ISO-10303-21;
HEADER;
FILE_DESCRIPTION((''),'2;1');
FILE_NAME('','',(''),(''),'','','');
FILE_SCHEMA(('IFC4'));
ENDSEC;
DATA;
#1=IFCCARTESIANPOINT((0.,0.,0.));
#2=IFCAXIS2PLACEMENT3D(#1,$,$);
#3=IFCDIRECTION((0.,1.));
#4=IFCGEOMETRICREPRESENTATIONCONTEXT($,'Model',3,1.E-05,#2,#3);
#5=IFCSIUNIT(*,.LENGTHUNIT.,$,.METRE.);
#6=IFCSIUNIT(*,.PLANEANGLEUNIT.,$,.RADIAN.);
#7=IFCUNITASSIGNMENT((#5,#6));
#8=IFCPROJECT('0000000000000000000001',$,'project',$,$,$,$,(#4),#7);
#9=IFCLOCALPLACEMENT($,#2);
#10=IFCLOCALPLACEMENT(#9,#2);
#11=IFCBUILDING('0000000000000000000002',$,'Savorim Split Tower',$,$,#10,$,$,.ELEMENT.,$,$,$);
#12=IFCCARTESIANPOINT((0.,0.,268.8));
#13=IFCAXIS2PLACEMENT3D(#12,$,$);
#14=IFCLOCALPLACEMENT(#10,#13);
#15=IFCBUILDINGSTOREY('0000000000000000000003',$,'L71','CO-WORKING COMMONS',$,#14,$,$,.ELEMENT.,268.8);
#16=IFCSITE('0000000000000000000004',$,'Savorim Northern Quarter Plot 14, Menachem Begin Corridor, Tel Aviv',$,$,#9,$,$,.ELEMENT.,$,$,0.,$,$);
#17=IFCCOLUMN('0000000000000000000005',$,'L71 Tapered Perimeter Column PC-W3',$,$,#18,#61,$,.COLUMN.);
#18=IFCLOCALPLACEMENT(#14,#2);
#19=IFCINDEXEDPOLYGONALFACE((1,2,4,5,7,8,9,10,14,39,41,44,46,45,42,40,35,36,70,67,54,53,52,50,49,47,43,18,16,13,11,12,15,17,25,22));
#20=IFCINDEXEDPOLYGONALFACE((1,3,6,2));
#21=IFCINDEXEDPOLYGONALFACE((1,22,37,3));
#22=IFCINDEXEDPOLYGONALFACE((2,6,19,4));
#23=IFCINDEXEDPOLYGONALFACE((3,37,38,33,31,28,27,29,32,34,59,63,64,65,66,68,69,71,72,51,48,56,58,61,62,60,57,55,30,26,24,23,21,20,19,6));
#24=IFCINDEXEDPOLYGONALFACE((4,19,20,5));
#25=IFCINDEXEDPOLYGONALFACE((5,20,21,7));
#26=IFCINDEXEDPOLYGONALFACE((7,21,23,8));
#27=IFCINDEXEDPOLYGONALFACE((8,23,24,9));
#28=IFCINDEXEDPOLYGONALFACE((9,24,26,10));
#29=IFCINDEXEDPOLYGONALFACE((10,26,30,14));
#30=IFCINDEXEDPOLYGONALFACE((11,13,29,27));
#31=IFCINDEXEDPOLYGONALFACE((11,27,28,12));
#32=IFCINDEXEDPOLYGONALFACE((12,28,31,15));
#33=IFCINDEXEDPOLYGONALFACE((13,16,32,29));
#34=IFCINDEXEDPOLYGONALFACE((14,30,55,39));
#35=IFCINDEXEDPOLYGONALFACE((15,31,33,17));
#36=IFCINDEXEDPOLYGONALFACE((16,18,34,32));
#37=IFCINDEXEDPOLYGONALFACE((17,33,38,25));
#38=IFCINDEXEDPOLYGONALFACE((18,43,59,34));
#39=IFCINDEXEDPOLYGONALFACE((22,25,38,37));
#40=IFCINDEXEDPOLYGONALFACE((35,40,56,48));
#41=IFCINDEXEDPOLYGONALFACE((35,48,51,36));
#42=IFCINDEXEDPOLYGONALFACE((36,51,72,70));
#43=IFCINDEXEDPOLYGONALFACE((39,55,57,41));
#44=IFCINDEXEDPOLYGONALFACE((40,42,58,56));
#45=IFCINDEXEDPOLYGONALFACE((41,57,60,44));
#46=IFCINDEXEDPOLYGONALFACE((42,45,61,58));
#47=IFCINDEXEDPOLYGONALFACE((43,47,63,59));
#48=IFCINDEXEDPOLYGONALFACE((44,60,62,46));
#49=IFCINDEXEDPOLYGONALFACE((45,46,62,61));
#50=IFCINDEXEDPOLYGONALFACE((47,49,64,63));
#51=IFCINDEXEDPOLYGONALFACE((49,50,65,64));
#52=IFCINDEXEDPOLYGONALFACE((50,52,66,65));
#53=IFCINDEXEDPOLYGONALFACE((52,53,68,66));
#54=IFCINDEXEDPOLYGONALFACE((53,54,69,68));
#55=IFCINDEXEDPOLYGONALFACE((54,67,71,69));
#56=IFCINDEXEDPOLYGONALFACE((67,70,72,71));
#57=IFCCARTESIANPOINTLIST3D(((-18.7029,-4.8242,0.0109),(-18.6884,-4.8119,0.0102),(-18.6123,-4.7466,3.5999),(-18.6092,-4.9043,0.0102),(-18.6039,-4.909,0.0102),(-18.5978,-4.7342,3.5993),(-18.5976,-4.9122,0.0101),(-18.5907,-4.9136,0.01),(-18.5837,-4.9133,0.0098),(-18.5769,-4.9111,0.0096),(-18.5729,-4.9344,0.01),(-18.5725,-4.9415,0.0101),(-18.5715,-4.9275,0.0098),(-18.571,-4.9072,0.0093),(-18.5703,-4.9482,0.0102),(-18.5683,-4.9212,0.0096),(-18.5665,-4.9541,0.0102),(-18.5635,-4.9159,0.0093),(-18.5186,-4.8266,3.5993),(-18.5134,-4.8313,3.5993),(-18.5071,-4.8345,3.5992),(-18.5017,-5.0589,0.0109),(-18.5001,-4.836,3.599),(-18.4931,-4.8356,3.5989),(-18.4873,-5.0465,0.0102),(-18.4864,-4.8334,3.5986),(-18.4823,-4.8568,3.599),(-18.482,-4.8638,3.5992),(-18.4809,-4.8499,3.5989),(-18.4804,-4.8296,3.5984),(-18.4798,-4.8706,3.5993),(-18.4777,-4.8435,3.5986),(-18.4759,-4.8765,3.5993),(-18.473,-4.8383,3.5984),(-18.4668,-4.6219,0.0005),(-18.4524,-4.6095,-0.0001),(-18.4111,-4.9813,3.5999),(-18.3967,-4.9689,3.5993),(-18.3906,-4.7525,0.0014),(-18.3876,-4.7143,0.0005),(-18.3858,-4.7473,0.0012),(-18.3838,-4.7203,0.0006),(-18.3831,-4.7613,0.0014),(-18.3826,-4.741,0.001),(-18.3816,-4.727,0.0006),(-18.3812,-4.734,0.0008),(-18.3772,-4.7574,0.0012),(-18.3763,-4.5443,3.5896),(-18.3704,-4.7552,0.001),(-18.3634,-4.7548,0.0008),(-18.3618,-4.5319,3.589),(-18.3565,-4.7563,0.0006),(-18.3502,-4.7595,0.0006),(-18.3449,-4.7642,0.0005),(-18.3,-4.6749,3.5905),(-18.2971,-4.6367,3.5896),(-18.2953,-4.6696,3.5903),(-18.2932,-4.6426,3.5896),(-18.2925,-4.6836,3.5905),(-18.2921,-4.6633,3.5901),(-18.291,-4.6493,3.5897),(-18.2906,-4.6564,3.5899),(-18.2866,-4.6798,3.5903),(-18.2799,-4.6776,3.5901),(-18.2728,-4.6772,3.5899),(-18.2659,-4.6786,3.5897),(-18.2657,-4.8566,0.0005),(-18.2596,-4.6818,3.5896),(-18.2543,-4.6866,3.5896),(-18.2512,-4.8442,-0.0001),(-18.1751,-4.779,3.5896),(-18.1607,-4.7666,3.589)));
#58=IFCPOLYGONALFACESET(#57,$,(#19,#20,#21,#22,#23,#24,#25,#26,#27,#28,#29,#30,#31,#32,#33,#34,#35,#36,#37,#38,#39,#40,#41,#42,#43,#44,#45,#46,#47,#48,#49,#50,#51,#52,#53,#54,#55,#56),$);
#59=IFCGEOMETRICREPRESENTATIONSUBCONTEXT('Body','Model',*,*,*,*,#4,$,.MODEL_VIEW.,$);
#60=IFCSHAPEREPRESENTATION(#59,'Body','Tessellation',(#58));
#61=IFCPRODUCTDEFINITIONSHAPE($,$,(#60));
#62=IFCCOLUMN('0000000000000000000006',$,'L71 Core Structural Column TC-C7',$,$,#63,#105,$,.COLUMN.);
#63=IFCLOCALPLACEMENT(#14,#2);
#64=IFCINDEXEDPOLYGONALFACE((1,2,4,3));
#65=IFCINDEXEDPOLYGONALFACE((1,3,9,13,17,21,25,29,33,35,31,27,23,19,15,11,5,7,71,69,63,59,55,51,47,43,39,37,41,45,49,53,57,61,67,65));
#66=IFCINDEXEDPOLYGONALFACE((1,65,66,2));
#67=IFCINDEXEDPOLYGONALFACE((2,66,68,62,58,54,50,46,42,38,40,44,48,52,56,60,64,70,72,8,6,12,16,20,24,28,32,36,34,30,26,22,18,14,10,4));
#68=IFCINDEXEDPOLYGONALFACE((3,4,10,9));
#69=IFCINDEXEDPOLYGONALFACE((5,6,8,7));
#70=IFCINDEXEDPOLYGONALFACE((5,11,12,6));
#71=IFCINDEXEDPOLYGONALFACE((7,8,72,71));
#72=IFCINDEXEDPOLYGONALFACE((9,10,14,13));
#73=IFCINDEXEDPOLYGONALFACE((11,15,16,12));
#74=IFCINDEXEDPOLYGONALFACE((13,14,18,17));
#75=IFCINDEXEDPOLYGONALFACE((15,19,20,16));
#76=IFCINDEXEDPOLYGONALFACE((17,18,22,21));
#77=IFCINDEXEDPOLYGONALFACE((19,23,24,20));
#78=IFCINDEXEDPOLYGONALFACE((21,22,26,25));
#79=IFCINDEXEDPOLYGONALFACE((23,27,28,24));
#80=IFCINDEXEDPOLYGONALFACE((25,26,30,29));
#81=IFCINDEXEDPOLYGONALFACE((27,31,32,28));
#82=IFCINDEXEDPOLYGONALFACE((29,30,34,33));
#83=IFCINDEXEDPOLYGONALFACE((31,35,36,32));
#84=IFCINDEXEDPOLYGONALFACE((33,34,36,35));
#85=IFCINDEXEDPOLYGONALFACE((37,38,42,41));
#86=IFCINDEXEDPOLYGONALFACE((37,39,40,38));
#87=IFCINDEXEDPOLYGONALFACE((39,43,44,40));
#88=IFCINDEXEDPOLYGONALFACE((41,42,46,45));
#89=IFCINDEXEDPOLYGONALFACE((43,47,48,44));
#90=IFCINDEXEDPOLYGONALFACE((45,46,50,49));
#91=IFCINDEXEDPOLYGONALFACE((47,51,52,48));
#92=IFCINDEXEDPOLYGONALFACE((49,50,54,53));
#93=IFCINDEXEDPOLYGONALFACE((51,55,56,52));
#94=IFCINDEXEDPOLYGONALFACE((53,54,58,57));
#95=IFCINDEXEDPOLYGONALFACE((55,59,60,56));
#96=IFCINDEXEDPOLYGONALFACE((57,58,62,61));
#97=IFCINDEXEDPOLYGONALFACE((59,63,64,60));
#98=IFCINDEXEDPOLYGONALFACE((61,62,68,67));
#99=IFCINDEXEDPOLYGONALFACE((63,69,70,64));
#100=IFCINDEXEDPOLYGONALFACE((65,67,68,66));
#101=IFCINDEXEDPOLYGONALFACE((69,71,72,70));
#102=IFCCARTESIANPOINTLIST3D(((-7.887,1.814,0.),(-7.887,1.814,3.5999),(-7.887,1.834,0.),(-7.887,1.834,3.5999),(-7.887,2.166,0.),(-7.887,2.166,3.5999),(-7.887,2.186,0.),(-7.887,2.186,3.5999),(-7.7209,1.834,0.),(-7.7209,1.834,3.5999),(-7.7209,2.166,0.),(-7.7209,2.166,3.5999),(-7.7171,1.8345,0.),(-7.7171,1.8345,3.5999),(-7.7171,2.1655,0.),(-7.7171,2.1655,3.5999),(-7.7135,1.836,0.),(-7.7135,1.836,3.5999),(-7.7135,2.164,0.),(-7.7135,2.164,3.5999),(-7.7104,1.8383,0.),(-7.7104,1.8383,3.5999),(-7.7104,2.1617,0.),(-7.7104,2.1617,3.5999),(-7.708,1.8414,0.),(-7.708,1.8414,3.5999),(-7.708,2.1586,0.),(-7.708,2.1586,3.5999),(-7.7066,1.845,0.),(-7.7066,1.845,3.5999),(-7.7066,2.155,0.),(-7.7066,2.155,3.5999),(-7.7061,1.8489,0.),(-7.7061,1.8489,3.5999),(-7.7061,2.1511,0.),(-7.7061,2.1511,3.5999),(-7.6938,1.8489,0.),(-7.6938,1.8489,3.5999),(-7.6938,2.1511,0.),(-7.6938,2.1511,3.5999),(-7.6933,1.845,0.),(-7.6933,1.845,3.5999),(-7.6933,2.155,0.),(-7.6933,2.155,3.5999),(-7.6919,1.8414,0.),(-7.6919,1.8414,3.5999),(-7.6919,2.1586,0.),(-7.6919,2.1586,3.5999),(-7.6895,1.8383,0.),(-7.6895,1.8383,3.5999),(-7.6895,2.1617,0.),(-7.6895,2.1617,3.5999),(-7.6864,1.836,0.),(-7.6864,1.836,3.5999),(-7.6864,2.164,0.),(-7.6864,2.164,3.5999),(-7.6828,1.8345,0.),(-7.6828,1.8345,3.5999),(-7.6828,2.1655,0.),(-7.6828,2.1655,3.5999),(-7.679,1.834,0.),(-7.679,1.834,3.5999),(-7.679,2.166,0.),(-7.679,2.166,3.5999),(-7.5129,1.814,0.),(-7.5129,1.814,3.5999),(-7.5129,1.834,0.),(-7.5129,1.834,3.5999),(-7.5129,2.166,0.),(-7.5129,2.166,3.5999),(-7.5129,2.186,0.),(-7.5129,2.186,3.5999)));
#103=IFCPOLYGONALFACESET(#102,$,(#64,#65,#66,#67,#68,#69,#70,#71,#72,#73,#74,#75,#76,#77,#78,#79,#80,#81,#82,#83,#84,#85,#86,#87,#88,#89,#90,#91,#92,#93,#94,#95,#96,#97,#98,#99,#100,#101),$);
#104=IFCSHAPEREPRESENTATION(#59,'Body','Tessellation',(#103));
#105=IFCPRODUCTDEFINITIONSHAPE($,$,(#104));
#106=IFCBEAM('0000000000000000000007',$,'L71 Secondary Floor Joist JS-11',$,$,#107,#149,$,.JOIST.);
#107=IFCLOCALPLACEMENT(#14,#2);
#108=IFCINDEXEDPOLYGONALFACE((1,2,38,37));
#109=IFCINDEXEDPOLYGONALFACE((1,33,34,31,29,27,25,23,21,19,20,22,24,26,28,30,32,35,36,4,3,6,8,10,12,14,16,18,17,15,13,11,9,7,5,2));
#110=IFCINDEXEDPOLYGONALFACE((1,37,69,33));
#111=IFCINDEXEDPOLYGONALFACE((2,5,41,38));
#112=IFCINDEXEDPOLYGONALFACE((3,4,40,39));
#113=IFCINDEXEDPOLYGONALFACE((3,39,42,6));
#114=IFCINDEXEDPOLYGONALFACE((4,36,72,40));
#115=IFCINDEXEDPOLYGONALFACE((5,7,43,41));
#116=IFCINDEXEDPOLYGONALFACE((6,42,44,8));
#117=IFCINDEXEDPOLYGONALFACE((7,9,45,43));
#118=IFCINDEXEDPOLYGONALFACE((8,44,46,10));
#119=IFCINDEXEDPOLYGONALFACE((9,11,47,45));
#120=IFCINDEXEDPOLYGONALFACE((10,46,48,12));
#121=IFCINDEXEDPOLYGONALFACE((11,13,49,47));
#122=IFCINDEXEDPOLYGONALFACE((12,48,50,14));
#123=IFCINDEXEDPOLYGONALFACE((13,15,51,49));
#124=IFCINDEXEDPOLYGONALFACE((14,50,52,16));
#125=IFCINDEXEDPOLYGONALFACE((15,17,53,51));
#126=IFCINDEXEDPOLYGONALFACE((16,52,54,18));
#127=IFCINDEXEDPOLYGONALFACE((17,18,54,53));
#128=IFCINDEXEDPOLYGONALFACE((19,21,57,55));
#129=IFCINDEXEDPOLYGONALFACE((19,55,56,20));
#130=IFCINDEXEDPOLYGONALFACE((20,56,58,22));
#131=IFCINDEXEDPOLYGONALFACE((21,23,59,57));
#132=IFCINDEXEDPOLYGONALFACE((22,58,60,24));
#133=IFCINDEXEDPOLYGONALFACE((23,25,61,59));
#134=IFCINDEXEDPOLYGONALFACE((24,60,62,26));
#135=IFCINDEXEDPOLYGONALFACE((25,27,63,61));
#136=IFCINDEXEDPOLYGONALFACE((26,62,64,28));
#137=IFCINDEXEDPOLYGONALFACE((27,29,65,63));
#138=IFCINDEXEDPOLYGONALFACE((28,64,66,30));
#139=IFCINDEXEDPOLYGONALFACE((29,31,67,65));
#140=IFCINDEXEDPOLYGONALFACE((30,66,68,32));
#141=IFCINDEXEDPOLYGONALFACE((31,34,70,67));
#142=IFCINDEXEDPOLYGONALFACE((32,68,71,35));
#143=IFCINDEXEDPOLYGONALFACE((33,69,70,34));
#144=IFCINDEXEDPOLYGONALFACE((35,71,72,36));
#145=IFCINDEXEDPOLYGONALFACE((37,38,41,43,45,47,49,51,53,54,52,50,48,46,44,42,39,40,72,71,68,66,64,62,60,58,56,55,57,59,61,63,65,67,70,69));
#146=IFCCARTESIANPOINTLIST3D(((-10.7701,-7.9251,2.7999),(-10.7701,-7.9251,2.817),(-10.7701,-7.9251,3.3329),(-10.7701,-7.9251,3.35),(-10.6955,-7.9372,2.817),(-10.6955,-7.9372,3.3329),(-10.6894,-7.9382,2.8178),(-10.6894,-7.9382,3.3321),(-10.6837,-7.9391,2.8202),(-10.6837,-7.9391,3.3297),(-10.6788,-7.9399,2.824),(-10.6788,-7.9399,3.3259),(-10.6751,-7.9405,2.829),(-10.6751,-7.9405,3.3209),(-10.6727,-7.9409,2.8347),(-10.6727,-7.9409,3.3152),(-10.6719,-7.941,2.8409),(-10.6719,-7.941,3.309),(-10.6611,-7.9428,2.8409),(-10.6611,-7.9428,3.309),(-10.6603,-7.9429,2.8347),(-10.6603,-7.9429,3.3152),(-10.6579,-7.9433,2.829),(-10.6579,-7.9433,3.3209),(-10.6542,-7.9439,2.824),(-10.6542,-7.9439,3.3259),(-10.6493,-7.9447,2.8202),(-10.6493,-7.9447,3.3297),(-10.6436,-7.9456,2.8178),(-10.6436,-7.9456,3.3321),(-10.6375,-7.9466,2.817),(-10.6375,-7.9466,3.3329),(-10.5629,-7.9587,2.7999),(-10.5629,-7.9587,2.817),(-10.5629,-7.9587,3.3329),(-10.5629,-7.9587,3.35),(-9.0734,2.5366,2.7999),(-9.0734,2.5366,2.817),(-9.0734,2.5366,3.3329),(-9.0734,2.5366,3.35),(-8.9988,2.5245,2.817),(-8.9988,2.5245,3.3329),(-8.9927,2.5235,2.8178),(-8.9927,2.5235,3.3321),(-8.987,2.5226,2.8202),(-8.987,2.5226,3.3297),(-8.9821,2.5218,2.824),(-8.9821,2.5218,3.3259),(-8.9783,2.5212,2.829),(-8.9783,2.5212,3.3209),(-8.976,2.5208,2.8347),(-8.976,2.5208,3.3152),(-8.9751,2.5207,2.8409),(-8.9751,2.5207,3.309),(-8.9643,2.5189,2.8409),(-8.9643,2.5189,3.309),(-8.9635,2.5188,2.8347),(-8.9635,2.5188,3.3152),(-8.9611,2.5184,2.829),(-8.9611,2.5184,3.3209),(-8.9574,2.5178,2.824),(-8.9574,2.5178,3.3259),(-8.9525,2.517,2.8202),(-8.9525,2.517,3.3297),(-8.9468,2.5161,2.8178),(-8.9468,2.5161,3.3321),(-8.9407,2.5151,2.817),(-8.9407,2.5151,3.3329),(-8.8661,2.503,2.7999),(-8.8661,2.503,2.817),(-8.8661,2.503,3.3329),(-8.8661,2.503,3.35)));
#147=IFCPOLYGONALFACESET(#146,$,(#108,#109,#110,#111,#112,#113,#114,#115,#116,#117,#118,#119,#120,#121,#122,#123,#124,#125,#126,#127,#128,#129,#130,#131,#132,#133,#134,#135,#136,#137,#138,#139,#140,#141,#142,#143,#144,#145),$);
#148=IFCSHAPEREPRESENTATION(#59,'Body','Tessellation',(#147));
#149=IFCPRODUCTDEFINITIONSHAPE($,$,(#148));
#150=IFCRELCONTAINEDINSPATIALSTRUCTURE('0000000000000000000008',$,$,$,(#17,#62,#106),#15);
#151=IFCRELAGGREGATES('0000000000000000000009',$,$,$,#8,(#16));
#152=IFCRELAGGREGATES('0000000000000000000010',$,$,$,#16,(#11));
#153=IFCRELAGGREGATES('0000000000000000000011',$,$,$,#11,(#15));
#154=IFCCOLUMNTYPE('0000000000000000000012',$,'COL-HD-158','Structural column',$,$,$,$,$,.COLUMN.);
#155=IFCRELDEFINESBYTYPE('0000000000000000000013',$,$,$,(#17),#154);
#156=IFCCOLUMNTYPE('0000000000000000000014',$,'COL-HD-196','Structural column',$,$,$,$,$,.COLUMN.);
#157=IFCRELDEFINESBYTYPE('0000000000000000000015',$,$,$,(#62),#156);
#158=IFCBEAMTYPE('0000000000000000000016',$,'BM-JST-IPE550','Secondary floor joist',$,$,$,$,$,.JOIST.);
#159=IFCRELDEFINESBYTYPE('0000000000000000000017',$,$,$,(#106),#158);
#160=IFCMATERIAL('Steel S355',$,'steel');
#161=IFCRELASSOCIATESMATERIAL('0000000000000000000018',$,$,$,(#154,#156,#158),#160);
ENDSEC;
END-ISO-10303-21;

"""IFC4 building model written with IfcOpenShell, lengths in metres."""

from ifc_helpers import new_model, si_unit, direction, frame, origin, origin_2d, place, context, subcontext, project, spatial, i_section, extrude, material, material_profile, profile_set, type_object, element, save


model = new_model("IFC4")

# Units and contexts
model_context = context("Model", 3, precision=1e-05, world=origin(), true_north=direction((0.0, 1.0)))
body_context = subcontext(model_context, "Body", "Model", "MODEL_VIEW")
ifc_project = project(units=[si_unit("LENGTHUNIT", "METRE"), si_unit("PLANEANGLEUNIT", "RADIAN")], contexts=[model_context])

# Site, building, storey
site_placement = place(None, origin())
site = spatial("IfcSite", under=ifc_project, at=site_placement, Name="Savorim Northern Quarter Plot 14, Menachem Begin Corridor, Tel Aviv", CompositionType="ELEMENT", RefElevation=0.0)
building_placement = place(site_placement, origin())
building = spatial("IfcBuilding", under=site, at=building_placement, Name="Savorim Split Tower", CompositionType="ELEMENT")
storey_placement = place(building_placement, frame((0.0, 0.0, 268.8)))
storey = spatial("IfcBuildingStorey", under=building, at=storey_placement, Name="L71", Description="CO-WORKING COMMONS", CompositionType="ELEMENT", Elevation=268.8)

# Columns
ifc_material_1 = material(Name="Steel S355", Category="steel")
ifc_material_profile_1 = material_profile(ifc_material_1, i_section(OverallWidth=0.3091, OverallDepth=0.3301, WebThickness=0.0115, FlangeThickness=0.019, FilletRadius=0.0271, at=origin_2d()), Name="HD 320x158")
ifc_profile_set_1 = profile_set([ifc_material_profile_1], Name="Steel S355")
column_type_1 = type_object("IfcColumnType", Name="COL-HD-158", Description="Structural column", PredefinedType="COLUMN", material=ifc_profile_set_1)
column_1_placement = place(storey_placement, frame((-18.4771, -4.8342, 0.0054), z_axis=(0.025222, 0.021619, 0.999448), x_axis=(-0.650791, 0.759257, 0.0)))
element("IfcColumn", 1, at=column_1_placement, inside=storey, type_object=column_type_1, Name="L71 Tapered Perimeter Column PC-W3", PredefinedType="COLUMN", context=body_context, shape_type="SweptSolid", body=[
    extrude(i_section(OverallWidth=0.3091, OverallDepth=0.3301, WebThickness=0.0115, FlangeThickness=0.019, FilletRadius=0.0271, at=origin_2d()), origin(), (0.0, 0.0, 1.0), 3.5911),
])
ifc_material_profile_2 = material_profile(ifc_material_1, i_section(OverallWidth=0.374, OverallDepth=0.3721, WebThickness=0.0122, FlangeThickness=0.02, FilletRadius=0.0149, at=origin_2d()), Name="HD 360x196")
ifc_profile_set_2 = profile_set([ifc_material_profile_2], Name="Steel S355")
column_type_2 = type_object("IfcColumnType", Name="COL-HD-196", Description="Structural column", PredefinedType="COLUMN", material=ifc_profile_set_2)
column_2_placement = place(storey_placement, frame((-7.7, 2.0, 0.0), z_axis=(0.0, 0.0, 1.0), x_axis=(1.0, 0.0, 0.0)))
element("IfcColumn", 2, at=column_2_placement, inside=storey, type_object=column_type_2, Name="L71 Core Structural Column TC-C7", PredefinedType="COLUMN", context=body_context, shape_type="SweptSolid", body=[
    extrude(i_section(OverallWidth=0.374, OverallDepth=0.3721, WebThickness=0.0122, FlangeThickness=0.02, FilletRadius=0.0149, at=origin_2d()), origin(), (0.0, 0.0, 1.0), 3.5999),
])

# Beam
ifc_material_profile_3 = material_profile(ifc_material_1, i_section(OverallWidth=0.21, OverallDepth=0.55, WebThickness=0.011, FlangeThickness=0.0171, FilletRadius=0.0239, at=origin_2d()), Name="IPE 550")
ifc_profile_set_3 = profile_set([ifc_material_profile_3], Name="Steel S355")
beam_type_1 = type_object("IfcBeamType", Name="BM-JST-IPE550", Description="Secondary floor joist", PredefinedType="JOIST", material=ifc_profile_set_3)
beam_1_placement = place(storey_placement, frame((-8.9697, 2.5198, 3.075), z_axis=(-0.160098, -0.987101, 0.0), x_axis=(0.987101, -0.160098, 0.0)))
element("IfcBeam", 3, at=beam_1_placement, inside=storey, type_object=beam_type_1, Name="L71 Secondary Floor Joist JS-11", PredefinedType="JOIST", context=body_context, shape_type="SweptSolid", body=[
    extrude(i_section(OverallWidth=0.21, OverallDepth=0.55, WebThickness=0.011, FlangeThickness=0.0171, FilletRadius=0.0239, at=origin_2d()), origin(), (0.0, 0.0, 1.0), 10.5984),
])

save(model, "model.ifc")
